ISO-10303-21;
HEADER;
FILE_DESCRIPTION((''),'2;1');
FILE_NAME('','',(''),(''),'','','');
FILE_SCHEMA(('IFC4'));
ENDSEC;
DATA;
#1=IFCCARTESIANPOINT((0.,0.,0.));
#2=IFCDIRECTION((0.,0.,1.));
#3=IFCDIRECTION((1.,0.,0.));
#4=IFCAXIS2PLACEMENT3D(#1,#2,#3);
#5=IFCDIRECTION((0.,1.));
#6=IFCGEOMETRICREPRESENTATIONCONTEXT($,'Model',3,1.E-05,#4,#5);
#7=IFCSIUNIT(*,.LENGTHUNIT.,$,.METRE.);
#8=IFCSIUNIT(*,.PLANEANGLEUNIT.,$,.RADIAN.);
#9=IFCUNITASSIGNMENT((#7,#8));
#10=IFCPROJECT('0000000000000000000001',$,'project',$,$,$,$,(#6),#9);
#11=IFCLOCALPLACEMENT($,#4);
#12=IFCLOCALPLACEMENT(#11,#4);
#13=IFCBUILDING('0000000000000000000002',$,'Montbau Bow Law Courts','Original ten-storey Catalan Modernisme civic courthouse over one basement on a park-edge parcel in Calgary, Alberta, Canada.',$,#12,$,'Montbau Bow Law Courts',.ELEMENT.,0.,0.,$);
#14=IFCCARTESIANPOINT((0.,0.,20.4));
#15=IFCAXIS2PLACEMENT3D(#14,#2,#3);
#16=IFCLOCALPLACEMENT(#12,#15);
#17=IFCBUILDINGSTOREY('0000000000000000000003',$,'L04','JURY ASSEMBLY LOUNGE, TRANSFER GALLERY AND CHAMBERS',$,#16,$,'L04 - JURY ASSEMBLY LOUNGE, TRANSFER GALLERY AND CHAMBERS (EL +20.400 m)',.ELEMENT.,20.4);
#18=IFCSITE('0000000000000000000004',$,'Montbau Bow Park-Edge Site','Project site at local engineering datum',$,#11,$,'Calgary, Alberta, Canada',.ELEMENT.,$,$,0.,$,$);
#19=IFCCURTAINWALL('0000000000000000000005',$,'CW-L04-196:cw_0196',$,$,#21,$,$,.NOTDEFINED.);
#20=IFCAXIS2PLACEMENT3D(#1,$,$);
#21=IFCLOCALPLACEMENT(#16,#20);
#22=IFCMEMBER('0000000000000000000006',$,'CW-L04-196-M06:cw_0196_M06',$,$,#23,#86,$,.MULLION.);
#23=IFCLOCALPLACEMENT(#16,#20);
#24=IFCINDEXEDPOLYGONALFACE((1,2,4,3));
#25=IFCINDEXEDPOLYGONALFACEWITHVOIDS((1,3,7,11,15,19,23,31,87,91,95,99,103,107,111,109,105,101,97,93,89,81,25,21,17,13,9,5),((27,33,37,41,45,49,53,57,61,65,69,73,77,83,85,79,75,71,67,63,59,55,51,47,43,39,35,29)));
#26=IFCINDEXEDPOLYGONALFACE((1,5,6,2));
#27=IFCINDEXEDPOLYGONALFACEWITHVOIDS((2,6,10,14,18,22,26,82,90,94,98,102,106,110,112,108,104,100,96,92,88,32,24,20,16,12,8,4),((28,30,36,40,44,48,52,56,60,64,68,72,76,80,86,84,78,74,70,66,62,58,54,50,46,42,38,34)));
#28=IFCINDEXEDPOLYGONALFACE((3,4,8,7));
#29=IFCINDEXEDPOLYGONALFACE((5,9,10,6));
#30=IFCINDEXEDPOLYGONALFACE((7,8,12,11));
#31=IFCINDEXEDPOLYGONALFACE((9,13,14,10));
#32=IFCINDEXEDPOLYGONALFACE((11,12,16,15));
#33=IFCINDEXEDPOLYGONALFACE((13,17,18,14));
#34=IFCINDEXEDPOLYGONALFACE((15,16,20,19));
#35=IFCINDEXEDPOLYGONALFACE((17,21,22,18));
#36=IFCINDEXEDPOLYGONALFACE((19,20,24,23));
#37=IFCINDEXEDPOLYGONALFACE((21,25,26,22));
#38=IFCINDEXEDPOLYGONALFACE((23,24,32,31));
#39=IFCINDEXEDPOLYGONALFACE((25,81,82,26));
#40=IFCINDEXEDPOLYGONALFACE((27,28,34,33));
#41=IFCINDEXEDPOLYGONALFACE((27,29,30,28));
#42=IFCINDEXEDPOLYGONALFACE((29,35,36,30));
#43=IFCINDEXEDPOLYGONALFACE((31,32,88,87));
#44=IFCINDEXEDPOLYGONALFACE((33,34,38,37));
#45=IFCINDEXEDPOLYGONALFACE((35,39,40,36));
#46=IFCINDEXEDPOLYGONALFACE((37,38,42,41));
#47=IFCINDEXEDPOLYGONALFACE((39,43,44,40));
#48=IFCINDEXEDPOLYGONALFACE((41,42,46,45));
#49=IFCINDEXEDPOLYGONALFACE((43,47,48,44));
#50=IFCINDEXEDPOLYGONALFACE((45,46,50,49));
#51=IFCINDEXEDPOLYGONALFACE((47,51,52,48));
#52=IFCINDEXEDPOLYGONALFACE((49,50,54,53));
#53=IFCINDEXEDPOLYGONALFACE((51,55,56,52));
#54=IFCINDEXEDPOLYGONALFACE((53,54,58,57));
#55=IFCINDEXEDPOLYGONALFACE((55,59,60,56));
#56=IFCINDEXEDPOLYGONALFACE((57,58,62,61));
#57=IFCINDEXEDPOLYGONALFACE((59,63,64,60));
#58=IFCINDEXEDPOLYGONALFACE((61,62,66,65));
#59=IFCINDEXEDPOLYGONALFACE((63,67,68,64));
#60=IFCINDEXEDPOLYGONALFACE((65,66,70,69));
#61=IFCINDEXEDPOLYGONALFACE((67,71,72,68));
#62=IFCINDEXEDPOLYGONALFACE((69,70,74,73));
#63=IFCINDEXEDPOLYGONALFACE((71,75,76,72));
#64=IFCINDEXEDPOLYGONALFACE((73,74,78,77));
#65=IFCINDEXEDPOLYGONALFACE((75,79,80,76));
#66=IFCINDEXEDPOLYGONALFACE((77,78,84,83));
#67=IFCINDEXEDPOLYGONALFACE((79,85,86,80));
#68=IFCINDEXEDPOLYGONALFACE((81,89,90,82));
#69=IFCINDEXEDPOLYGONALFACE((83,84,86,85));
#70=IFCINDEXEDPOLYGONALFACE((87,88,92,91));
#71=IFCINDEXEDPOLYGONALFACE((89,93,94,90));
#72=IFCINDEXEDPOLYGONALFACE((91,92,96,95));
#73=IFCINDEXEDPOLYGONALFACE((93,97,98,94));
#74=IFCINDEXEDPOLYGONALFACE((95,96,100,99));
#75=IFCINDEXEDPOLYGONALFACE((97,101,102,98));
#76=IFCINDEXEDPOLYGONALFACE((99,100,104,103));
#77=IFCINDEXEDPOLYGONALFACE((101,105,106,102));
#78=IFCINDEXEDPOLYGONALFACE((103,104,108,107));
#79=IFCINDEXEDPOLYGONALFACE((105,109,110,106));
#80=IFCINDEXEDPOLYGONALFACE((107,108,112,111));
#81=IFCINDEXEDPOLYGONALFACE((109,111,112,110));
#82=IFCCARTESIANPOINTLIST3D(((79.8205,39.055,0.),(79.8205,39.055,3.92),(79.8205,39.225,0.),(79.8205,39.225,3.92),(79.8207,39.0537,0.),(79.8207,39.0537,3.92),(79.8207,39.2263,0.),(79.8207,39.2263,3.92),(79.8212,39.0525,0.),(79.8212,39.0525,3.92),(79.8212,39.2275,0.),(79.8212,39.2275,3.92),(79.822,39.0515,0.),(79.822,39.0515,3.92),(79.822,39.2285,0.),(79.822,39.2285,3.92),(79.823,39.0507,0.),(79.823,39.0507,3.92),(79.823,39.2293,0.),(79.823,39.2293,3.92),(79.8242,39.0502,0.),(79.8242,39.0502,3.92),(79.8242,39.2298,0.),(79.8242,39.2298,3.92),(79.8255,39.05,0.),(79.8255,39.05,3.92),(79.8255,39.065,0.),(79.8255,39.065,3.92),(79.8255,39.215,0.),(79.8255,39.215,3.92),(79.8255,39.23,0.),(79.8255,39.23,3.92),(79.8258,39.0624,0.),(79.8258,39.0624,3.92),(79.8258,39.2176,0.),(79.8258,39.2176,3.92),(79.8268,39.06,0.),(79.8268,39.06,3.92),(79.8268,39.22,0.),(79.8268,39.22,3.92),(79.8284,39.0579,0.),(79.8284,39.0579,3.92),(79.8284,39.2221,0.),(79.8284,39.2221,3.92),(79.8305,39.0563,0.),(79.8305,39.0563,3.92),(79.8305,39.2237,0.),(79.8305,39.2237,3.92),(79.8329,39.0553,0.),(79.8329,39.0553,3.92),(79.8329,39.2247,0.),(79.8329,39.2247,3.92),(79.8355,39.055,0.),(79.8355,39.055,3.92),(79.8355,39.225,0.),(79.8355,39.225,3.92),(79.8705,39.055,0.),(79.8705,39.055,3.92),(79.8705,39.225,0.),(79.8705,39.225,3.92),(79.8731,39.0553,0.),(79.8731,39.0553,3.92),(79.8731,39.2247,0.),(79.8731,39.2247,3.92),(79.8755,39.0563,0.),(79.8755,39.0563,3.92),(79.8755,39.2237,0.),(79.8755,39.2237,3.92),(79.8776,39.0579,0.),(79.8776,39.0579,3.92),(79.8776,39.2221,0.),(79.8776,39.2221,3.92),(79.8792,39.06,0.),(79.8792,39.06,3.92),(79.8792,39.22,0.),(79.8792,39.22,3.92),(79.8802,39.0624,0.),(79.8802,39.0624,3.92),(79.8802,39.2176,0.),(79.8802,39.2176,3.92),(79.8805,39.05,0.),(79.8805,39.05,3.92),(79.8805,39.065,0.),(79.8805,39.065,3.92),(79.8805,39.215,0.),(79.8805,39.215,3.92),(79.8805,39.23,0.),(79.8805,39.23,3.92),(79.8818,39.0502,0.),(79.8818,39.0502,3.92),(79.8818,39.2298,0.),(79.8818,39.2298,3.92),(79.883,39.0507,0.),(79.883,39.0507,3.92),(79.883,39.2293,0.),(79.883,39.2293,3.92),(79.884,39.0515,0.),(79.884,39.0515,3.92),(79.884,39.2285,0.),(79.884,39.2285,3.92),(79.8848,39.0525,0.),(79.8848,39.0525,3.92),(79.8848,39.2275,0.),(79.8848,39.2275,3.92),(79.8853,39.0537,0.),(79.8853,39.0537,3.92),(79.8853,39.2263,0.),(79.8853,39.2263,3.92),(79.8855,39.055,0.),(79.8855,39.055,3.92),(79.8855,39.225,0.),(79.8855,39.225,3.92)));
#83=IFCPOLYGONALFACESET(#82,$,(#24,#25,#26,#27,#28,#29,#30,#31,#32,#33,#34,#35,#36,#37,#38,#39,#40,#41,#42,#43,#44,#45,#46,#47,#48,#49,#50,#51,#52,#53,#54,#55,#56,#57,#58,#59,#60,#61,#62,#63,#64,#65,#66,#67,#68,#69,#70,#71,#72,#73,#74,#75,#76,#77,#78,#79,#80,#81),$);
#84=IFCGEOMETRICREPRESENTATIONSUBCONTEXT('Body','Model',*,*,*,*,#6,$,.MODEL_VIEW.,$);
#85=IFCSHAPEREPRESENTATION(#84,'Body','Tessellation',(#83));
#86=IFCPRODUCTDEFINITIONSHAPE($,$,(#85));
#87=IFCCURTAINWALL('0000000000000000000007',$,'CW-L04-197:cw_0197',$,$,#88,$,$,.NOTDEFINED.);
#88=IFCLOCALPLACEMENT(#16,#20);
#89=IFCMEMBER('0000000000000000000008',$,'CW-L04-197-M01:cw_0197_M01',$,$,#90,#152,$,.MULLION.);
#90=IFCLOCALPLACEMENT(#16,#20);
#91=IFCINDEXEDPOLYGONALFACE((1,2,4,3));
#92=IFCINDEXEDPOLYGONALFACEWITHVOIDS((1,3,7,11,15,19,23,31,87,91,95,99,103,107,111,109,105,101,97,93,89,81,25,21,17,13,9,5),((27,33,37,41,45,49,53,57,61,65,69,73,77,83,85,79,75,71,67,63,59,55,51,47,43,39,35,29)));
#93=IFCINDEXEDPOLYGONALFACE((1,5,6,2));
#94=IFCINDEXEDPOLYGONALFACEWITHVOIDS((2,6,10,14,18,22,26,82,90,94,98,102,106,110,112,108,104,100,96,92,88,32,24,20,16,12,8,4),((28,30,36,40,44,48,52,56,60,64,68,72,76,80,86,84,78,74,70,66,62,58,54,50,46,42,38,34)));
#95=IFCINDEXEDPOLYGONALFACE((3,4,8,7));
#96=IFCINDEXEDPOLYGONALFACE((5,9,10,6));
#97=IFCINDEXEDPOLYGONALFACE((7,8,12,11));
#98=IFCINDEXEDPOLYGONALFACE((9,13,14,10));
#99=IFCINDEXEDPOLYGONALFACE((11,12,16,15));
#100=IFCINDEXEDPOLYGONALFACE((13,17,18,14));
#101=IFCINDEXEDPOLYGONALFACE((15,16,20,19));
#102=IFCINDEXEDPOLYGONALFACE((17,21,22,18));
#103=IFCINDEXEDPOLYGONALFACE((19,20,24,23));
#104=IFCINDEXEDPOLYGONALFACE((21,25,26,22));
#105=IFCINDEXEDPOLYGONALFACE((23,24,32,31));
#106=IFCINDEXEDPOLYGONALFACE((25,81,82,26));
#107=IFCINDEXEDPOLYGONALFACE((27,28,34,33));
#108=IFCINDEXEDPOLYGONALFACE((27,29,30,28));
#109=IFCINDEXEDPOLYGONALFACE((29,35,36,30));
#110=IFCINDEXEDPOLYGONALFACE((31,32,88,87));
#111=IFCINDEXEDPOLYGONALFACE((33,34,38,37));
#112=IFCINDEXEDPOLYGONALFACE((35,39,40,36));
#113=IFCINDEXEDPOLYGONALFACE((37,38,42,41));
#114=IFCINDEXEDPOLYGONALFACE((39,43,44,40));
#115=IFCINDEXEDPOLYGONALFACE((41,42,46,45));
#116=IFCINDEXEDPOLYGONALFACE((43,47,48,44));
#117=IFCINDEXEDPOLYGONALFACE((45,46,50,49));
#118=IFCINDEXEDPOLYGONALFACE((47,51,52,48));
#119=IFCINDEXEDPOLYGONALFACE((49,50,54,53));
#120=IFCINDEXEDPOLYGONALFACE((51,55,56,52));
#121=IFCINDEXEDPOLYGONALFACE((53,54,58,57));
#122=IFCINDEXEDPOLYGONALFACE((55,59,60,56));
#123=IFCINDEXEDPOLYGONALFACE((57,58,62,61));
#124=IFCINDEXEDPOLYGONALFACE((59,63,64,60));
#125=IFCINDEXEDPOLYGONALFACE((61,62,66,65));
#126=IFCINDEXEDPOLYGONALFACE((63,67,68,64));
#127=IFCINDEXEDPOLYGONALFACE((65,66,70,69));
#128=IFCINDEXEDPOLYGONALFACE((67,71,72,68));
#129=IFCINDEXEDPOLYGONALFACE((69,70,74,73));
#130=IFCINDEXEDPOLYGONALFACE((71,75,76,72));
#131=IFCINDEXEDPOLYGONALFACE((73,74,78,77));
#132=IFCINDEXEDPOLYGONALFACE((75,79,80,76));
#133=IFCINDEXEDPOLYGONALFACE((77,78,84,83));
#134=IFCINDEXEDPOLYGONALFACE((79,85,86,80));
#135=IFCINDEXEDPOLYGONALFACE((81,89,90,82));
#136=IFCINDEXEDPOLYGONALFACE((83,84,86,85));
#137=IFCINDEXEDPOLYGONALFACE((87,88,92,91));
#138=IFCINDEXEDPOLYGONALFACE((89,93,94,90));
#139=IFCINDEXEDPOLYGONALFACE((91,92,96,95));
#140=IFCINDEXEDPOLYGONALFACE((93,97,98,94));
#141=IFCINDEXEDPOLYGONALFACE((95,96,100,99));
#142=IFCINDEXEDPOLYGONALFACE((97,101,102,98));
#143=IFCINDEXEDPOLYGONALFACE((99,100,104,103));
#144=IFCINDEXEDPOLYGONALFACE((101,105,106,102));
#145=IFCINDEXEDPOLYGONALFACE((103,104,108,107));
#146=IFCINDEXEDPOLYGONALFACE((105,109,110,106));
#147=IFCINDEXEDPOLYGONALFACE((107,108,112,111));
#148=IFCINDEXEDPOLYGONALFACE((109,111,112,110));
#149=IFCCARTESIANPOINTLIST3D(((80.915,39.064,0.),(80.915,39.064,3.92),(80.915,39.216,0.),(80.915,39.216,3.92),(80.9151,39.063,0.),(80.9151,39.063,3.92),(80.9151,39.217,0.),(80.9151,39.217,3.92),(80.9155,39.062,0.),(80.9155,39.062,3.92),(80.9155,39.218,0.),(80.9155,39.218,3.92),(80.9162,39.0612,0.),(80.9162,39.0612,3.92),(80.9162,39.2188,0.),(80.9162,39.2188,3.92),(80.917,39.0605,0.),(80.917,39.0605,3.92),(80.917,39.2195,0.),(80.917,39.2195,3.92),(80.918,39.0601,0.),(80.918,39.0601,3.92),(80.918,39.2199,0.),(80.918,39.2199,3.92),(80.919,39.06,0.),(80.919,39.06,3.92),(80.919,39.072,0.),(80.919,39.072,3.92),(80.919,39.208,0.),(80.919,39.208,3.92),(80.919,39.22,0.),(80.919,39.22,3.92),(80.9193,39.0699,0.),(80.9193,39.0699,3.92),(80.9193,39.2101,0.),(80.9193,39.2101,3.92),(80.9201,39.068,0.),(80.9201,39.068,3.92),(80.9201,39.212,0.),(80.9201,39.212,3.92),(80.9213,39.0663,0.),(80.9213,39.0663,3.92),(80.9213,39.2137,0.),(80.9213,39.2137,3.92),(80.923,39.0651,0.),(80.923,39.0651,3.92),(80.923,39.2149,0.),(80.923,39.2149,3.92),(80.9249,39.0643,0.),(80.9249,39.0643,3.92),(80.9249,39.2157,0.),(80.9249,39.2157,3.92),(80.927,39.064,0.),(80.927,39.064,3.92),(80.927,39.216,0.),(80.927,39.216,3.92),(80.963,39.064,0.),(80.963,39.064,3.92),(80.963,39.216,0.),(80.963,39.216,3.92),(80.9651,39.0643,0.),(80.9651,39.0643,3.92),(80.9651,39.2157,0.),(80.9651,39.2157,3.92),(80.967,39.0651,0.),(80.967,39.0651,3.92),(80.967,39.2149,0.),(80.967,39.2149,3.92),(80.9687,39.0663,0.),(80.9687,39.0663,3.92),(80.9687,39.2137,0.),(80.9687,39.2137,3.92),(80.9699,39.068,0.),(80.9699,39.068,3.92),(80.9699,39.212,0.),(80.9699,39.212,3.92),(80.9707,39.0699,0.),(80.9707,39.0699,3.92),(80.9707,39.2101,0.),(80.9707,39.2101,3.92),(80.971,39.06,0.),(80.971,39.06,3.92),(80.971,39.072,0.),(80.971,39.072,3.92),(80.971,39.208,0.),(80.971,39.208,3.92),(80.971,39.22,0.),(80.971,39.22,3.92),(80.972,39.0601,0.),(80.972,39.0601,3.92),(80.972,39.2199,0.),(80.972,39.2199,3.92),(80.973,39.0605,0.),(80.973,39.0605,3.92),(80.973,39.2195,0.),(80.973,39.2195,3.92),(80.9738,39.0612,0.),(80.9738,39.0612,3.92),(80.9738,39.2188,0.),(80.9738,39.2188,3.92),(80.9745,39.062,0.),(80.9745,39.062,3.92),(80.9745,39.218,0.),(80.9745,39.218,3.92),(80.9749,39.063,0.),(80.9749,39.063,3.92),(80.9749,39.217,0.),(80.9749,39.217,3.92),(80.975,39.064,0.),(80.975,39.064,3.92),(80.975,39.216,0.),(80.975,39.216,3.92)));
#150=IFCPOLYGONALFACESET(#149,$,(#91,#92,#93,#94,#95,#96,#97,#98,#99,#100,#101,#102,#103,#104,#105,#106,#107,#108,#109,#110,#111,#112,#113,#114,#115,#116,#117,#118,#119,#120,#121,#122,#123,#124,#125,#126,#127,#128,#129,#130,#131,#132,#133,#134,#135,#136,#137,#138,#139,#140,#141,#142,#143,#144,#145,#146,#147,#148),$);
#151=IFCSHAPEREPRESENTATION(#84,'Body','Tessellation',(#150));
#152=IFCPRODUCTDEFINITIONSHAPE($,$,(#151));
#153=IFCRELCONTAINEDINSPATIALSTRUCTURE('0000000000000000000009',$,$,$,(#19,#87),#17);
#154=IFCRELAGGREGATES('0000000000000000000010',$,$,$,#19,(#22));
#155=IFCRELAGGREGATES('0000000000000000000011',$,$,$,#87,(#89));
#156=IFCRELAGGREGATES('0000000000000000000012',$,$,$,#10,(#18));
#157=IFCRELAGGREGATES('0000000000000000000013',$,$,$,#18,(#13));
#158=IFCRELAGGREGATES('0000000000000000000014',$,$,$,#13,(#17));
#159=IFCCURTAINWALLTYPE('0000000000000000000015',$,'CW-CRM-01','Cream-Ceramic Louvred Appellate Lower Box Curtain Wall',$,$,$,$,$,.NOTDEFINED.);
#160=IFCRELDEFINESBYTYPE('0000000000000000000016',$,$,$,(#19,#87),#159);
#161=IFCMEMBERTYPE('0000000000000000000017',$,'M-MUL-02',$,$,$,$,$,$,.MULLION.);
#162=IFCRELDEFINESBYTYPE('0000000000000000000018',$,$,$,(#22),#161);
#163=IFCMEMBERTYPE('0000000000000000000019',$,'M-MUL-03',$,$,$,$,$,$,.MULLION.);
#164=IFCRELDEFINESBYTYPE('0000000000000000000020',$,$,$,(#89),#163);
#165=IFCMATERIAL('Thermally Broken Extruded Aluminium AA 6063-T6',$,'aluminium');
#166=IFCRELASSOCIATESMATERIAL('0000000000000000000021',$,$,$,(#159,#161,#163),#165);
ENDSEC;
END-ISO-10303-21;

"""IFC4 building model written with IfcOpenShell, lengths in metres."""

from ifc_helpers import new_model, si_unit, direction, frame, origin_with_axes, origin_2d_with_axis, place, context, subcontext, project, spatial, hollow_rectangle, extrude, material, material_profile, profile_set, type_object, element, aggregate, save


model = new_model("IFC4")

# Units and contexts
model_context = context("Model", 3, precision=1e-05, world=origin_with_axes(), true_north=direction((0.0, 1.0)))
body_context = subcontext(model_context, "Body", "Model", "MODEL_VIEW")
ifc_project = project(units=[si_unit("LENGTHUNIT", "METRE"), si_unit("PLANEANGLEUNIT", "RADIAN")], contexts=[model_context])

# Site, building, storey
site_placement = place(None, origin_with_axes())
site = spatial("IfcSite", under=ifc_project, at=site_placement, Name="Montbau Bow Park-Edge Site", Description="Project site at local engineering datum", LongName="Calgary, Alberta, Canada", CompositionType="ELEMENT", RefElevation=0.0)
building_placement = place(site_placement, origin_with_axes())
building = spatial("IfcBuilding", under=site, at=building_placement, Name="Montbau Bow Law Courts", Description="Original ten-storey Catalan Modernisme civic courthouse over one basement on a park-edge parcel in Calgary, Alberta, Canada.", LongName="Montbau Bow Law Courts", CompositionType="ELEMENT", ElevationOfRefHeight=0.0, ElevationOfTerrain=0.0)
storey_placement = place(building_placement, frame((0.0, 0.0, 20.4), z_axis=(0.0, 0.0, 1.0), x_axis=(1.0, 0.0, 0.0)))
storey = spatial("IfcBuildingStorey", under=building, at=storey_placement, Name="L04", Description="JURY ASSEMBLY LOUNGE, TRANSFER GALLERY AND CHAMBERS", LongName="L04 - JURY ASSEMBLY LOUNGE, TRANSFER GALLERY AND CHAMBERS (EL +20.400 m)", CompositionType="ELEMENT", Elevation=20.4)

# Curtain wall, member
ifc_material_1 = material(Name="Thermally Broken Extruded Aluminium AA 6063-T6", Category="aluminium")
curtain_wall_type = type_object("IfcCurtainWallType", Name="CW-CRM-01", Description="Cream-Ceramic Louvred Appellate Lower Box Curtain Wall", PredefinedType="NOTDEFINED", material=ifc_material_1)
curtain_wall_1_placement = place(None, frame((72.515, 39.14, 20.4), z_axis=(0.0, 0.0, 1.0), x_axis=(1.0, 0.0, 0.0)))
curtain_wall_1 = element("IfcCurtainWall", 1, at=curtain_wall_1_placement, inside=storey, type_object=curtain_wall_type, Name="CW-L04-196:cw_0196", PredefinedType="NOTDEFINED")
ifc_material_profile_1 = material_profile(ifc_material_1, hollow_rectangle(XDim=0.065, YDim=0.18, WallThickness=0.005, InnerFilletRadius=0.01, OuterFilletRadius=0.005, at=origin_2d_with_axis()), Name="CWM-180X65", Category="Main", Priority=0)
ifc_profile_set_1 = profile_set([ifc_material_profile_1], Name="Thermally Broken Extruded Aluminium AA 6063-T6")
member_type_1 = type_object("IfcMemberType", Name="M-MUL-02", PredefinedType="MULLION", material=ifc_profile_set_1)
member_1_placement = place(None, frame((79.853, 39.14, 20.4), z_axis=(0.0, 0.0, 1.0), x_axis=(1.0, 0.0, 0.0)))
member_1 = element("IfcMember", 2, at=member_1_placement, type_object=member_type_1, Name="CW-L04-196-M06:cw_0196_M06", PredefinedType="MULLION", context=body_context, shape_type="SweptSolid", body=[
    extrude(hollow_rectangle(XDim=0.065, YDim=0.18, WallThickness=0.005, InnerFilletRadius=0.01, OuterFilletRadius=0.005, at=origin_2d_with_axis()), origin_with_axes(), (0.0, 0.0, 1.0), 3.92),
])
aggregate(curtain_wall_1, [member_1])

# Curtain wall, member
curtain_wall_2_placement = place(None, frame((80.915, 39.14, 20.4), z_axis=(0.0, 0.0, 1.0), x_axis=(1.0, 0.0, 0.0)))
curtain_wall_2 = element("IfcCurtainWall", 3, at=curtain_wall_2_placement, inside=storey, type_object=curtain_wall_type, Name="CW-L04-197:cw_0197", PredefinedType="NOTDEFINED")
ifc_material_profile_2 = material_profile(ifc_material_1, hollow_rectangle(XDim=0.06, YDim=0.16, WallThickness=0.004, InnerFilletRadius=0.008, OuterFilletRadius=0.004, at=origin_2d_with_axis()), Name="CWM-160X60", Category="Main", Priority=0)
ifc_profile_set_2 = profile_set([ifc_material_profile_2], Name="Thermally Broken Extruded Aluminium AA 6063-T6")
member_type_2 = type_object("IfcMemberType", Name="M-MUL-03", PredefinedType="MULLION", material=ifc_profile_set_2)
member_2_placement = place(None, frame((80.945, 39.14, 20.4), z_axis=(0.0, 0.0, 1.0), x_axis=(1.0, 0.0, 0.0)))
member_2 = element("IfcMember", 4, at=member_2_placement, type_object=member_type_2, Name="CW-L04-197-M01:cw_0197_M01", PredefinedType="MULLION", context=body_context, shape_type="SweptSolid", body=[
    extrude(hollow_rectangle(XDim=0.06, YDim=0.16, WallThickness=0.004, InnerFilletRadius=0.008, OuterFilletRadius=0.004, at=origin_2d_with_axis()), origin_with_axes(), (0.0, 0.0, 1.0), 3.92),
])
aggregate(curtain_wall_2, [member_2])

save(model, "model.ifc")
